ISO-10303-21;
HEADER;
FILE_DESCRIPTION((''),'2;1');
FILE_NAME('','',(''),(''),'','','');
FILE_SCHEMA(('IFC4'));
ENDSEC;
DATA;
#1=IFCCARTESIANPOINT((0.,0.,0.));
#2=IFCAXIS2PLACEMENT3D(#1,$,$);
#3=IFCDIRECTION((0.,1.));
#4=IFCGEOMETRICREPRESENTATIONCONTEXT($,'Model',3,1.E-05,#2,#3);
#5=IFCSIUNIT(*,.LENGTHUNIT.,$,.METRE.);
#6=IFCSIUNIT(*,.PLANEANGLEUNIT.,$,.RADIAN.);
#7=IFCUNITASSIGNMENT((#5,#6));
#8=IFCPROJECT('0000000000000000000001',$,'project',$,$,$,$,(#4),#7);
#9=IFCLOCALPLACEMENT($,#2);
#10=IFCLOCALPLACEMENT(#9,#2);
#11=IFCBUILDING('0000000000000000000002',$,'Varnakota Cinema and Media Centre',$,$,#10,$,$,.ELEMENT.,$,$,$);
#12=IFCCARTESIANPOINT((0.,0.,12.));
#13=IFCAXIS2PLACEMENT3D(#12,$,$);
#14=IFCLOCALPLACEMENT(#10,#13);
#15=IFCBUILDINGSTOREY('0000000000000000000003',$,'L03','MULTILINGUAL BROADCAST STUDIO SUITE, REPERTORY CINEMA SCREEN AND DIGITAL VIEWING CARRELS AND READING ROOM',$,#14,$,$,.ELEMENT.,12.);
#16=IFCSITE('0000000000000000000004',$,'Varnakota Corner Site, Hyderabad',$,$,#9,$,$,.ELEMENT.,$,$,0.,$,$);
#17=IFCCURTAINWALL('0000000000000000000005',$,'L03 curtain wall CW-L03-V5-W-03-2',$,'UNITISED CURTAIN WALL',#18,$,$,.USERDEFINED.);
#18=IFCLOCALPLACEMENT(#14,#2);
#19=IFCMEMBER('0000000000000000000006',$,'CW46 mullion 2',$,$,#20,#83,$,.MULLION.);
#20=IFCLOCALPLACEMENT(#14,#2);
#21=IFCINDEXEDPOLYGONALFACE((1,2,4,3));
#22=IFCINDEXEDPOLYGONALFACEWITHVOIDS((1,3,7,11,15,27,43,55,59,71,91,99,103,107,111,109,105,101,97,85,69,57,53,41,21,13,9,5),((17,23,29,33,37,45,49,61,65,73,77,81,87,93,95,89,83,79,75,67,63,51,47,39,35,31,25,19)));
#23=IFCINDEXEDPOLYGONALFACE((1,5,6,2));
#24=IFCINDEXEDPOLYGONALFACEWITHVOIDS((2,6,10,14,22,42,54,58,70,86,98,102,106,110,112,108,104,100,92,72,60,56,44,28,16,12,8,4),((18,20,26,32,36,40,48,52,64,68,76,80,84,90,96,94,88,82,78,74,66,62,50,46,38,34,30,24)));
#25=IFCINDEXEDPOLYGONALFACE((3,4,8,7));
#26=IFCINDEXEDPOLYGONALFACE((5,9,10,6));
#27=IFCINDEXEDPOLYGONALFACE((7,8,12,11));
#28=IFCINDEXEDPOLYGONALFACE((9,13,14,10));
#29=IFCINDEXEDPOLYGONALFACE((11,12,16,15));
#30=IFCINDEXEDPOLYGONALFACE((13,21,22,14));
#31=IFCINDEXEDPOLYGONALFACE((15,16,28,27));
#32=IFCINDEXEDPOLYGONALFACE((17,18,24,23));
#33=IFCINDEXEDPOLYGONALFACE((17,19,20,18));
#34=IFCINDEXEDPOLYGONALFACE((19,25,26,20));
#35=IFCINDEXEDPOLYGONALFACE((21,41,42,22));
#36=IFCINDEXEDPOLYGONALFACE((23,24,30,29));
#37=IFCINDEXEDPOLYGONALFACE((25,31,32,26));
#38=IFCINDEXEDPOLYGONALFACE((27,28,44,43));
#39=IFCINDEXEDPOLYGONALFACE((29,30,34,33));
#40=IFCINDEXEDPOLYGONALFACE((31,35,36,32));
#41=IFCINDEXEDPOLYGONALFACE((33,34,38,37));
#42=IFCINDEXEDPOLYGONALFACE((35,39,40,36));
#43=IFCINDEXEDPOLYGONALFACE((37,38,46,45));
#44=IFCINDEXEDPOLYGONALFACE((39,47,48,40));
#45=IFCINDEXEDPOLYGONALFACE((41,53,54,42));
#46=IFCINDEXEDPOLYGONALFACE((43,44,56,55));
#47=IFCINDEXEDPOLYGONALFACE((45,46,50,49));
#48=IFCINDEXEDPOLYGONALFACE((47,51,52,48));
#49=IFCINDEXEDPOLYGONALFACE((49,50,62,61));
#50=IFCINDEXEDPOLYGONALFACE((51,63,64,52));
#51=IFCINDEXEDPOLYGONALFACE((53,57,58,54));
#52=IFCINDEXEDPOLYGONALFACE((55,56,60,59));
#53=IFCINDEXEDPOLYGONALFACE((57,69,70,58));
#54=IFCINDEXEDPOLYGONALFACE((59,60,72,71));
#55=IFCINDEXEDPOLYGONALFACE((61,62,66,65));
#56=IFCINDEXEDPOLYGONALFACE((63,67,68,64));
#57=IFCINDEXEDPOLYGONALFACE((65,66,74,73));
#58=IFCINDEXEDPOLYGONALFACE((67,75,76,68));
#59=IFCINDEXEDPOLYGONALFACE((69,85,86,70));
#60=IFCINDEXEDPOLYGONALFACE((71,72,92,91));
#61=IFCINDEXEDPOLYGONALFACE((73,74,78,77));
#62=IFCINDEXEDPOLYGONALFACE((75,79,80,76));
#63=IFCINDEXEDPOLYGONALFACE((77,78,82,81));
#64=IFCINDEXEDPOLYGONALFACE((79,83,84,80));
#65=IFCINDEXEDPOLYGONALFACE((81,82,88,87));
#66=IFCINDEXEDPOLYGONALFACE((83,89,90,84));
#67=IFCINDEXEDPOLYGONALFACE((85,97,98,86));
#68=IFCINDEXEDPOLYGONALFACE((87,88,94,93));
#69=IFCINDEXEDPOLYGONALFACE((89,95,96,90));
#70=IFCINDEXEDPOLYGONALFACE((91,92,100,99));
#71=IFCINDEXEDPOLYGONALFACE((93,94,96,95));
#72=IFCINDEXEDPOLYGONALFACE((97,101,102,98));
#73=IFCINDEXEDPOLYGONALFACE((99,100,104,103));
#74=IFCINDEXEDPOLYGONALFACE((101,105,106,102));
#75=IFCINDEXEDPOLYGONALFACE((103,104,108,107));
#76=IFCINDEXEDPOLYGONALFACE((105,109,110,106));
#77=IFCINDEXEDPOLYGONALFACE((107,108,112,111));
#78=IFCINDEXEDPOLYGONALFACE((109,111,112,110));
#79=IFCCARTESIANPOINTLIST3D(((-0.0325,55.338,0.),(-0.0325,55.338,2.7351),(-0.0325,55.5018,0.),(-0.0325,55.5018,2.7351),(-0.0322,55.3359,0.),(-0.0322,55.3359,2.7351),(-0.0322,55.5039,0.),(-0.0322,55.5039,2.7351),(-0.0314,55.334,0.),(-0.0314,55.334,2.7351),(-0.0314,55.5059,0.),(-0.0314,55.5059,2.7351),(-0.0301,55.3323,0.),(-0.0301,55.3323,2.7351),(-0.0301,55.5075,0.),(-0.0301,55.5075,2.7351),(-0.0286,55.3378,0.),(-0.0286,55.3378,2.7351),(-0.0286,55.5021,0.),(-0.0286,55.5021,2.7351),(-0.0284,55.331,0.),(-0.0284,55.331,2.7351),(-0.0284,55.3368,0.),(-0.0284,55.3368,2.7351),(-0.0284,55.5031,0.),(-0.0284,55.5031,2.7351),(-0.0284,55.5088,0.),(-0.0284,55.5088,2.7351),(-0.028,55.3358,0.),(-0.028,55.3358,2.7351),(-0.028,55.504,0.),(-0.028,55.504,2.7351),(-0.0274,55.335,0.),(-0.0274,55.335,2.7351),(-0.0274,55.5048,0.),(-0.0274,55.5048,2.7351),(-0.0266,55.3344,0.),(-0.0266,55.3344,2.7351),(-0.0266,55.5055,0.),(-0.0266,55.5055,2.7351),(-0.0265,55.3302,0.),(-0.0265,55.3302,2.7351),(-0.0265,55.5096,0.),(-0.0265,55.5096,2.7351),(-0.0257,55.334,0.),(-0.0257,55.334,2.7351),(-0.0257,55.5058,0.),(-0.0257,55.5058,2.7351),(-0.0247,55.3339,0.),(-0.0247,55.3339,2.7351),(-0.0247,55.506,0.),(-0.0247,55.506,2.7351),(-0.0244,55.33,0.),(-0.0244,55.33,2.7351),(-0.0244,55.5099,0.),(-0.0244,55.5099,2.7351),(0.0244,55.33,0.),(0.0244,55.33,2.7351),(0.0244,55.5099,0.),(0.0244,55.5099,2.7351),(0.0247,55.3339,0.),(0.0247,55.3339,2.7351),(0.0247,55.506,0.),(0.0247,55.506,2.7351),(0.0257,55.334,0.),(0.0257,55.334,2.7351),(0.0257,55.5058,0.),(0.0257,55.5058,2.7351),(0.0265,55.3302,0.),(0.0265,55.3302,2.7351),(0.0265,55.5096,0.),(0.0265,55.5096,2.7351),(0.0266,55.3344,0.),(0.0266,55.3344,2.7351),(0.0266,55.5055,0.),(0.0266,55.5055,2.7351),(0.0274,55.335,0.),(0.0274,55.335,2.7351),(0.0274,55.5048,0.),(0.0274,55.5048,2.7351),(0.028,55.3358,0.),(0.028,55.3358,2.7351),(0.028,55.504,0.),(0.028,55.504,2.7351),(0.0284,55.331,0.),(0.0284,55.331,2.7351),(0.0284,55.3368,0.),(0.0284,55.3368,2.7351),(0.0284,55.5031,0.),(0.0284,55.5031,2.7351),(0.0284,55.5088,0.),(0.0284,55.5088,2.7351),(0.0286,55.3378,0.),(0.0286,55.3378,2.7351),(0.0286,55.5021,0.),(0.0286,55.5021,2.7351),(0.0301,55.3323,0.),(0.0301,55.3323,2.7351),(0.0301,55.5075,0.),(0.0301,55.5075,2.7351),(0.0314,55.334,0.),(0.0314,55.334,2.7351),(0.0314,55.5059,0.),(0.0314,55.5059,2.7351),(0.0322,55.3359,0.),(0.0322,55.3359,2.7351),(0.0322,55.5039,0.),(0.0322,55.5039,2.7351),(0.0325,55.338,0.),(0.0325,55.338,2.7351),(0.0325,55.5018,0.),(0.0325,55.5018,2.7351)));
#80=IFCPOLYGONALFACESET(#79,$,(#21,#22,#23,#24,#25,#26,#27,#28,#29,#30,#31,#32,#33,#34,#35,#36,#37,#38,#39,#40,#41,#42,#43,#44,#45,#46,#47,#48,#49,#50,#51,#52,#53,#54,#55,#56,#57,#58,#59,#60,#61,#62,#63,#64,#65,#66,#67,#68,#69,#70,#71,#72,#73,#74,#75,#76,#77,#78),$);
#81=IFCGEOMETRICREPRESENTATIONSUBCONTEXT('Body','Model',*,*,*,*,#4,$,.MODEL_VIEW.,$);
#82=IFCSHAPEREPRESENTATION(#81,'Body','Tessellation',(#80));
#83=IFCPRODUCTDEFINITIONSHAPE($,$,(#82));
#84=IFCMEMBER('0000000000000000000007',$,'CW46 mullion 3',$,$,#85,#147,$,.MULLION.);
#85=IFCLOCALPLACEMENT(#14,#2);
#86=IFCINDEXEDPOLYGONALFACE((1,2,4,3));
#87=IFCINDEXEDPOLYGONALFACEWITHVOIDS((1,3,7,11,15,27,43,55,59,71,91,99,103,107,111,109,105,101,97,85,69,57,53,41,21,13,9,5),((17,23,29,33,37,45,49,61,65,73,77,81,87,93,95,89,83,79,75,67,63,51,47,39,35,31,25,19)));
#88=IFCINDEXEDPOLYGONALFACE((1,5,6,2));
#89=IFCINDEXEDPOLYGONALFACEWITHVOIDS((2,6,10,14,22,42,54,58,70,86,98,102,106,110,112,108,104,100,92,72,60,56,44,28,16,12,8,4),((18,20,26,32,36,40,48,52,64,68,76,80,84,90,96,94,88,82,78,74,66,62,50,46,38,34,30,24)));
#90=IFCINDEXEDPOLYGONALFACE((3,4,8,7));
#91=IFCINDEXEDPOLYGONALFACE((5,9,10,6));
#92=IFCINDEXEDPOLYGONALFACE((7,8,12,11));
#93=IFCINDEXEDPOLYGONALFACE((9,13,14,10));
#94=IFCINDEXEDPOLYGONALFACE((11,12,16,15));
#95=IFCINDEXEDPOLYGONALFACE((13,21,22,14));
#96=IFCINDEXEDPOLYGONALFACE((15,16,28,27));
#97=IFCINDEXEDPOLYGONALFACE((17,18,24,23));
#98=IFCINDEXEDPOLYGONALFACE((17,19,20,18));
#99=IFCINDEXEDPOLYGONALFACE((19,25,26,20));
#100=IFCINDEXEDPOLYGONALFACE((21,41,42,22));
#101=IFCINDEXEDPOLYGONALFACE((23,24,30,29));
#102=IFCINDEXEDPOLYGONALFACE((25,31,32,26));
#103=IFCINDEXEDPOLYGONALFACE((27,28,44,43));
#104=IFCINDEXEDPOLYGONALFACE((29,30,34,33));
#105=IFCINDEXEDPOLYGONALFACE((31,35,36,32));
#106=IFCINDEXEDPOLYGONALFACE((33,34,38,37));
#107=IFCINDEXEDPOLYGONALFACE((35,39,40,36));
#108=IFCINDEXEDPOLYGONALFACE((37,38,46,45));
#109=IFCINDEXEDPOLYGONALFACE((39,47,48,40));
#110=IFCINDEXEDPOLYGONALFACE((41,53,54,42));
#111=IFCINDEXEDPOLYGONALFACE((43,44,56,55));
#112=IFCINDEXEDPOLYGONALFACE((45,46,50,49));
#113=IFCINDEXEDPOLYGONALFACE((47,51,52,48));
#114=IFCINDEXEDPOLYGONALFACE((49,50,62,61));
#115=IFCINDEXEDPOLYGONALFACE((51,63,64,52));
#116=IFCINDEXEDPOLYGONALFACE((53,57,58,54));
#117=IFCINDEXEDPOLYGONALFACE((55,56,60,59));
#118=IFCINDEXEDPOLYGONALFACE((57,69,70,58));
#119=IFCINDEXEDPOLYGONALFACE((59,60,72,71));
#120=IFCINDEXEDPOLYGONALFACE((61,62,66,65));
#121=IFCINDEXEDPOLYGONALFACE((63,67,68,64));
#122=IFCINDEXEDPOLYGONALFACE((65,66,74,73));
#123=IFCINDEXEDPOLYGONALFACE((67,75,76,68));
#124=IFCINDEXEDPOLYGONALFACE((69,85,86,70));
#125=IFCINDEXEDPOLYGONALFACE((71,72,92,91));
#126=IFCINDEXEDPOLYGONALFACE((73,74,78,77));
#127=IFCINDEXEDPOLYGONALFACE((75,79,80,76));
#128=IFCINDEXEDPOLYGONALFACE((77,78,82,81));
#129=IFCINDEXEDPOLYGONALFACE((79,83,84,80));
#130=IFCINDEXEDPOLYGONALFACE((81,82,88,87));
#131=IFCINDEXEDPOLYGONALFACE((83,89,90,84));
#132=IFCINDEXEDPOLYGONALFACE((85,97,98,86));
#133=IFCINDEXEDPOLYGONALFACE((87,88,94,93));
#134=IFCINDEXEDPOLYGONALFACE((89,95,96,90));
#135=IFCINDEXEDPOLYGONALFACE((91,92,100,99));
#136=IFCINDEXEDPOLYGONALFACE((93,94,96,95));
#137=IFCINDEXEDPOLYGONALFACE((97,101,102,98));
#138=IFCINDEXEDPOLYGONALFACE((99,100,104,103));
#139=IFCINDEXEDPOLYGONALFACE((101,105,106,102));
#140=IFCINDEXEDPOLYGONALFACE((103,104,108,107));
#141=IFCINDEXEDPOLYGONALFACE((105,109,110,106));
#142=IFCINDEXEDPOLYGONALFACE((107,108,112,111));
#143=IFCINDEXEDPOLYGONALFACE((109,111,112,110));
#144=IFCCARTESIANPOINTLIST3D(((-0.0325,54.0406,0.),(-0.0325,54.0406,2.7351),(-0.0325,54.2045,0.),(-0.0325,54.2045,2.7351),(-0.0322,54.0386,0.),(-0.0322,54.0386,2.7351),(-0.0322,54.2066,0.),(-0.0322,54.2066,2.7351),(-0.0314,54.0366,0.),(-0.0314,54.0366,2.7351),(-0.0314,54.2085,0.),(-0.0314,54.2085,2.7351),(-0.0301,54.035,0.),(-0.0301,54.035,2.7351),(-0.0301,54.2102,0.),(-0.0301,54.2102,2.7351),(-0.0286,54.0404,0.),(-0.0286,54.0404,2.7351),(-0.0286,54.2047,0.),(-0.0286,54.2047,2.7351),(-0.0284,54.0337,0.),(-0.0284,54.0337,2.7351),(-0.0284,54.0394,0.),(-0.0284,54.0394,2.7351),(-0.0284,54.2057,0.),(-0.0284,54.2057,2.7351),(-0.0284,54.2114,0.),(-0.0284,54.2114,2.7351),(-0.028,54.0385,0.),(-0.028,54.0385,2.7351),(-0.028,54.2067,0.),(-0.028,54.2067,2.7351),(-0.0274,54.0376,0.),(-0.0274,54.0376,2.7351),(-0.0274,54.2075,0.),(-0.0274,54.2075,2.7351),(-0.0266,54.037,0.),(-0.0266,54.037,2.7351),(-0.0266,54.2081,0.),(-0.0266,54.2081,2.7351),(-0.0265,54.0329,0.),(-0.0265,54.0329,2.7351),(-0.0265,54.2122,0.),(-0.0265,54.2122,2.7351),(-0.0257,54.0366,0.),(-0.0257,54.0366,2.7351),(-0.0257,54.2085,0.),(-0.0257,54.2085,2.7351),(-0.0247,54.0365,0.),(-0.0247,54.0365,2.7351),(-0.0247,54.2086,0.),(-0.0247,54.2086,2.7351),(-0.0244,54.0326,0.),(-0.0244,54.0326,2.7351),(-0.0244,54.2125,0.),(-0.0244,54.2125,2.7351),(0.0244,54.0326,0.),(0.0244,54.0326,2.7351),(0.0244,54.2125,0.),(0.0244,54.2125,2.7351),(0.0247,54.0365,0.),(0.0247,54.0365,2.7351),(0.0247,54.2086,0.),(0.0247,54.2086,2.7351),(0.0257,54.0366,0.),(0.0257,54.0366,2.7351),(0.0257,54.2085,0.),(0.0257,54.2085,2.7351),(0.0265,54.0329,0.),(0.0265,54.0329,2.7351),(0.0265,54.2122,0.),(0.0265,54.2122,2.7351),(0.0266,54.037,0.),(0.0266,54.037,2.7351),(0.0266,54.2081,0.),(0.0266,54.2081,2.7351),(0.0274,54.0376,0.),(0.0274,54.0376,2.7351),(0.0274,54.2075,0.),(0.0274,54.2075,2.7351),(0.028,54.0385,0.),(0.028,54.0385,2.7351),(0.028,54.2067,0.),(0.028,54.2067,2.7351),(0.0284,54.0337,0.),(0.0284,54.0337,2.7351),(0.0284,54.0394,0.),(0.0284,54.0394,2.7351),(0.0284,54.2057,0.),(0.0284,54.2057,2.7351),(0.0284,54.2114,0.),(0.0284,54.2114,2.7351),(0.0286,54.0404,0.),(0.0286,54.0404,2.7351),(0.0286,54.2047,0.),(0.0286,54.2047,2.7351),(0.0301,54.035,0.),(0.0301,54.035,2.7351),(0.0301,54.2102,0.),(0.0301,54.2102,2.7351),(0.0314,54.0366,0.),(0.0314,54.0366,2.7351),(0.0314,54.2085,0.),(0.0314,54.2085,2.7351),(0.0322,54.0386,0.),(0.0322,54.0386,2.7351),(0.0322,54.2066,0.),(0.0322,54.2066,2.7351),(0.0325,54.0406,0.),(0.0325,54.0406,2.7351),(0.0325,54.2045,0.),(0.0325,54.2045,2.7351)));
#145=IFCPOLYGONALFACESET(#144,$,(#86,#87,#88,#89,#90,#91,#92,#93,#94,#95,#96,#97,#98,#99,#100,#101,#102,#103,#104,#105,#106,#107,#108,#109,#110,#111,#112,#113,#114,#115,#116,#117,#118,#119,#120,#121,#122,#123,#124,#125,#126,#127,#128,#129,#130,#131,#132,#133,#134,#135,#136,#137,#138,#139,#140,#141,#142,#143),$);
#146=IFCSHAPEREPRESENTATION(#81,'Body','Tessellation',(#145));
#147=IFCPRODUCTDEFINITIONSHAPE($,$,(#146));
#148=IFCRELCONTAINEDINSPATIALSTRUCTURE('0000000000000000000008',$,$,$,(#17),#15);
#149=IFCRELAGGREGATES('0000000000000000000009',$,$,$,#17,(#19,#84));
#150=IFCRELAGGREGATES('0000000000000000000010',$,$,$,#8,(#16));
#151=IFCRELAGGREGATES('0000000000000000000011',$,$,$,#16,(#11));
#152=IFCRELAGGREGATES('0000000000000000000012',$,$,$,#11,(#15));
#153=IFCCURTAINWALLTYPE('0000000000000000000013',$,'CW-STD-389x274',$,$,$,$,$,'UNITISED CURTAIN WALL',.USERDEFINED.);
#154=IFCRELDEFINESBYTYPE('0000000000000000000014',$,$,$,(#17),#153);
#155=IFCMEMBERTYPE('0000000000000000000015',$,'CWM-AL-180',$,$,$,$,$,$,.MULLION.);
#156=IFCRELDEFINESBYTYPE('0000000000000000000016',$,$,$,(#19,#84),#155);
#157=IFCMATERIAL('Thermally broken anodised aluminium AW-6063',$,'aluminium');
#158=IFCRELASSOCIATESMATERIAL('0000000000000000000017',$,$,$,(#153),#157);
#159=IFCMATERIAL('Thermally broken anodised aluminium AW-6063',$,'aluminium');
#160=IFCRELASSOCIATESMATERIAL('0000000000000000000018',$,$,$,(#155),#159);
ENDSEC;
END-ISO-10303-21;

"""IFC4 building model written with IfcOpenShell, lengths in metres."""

from ifc_helpers import new_model, si_unit, direction, frame, origin, origin_2d, place, context, subcontext, project, spatial, hollow_rectangle, extrude, material, material_profile, profile_set, type_object, element, aggregate, save


model = new_model("IFC4")

# Units and contexts
model_context = context("Model", 3, precision=1e-05, world=origin(), true_north=direction((0.0, 1.0)))
body_context = subcontext(model_context, "Body", "Model", "MODEL_VIEW")
ifc_project = project(units=[si_unit("LENGTHUNIT", "METRE"), si_unit("PLANEANGLEUNIT", "RADIAN")], contexts=[model_context])

# Site, building, storey
site_placement = place(None, origin())
site = spatial("IfcSite", under=ifc_project, at=site_placement, Name="Varnakota Corner Site, Hyderabad", CompositionType="ELEMENT", RefElevation=0.0)
building_placement = place(site_placement, origin())
building = spatial("IfcBuilding", under=site, at=building_placement, Name="Varnakota Cinema and Media Centre", CompositionType="ELEMENT")
storey_placement = place(building_placement, frame((0.0, 0.0, 12.0)))
storey = spatial("IfcBuildingStorey", under=building, at=storey_placement, Name="L03", Description="MULTILINGUAL BROADCAST STUDIO SUITE, REPERTORY CINEMA SCREEN AND DIGITAL VIEWING CARRELS AND READING ROOM", CompositionType="ELEMENT", Elevation=12.0)

# Shared definitions
ifc_material_1 = material(Name="Thermally broken anodised aluminium AW-6063", Category="aluminium")
curtain_wall_type = type_object("IfcCurtainWallType", Name="CW-STD-389x274", ElementType="UNITISED CURTAIN WALL", PredefinedType="USERDEFINED", material=ifc_material_1)
ifc_material_2 = material(Name="Thermally broken anodised aluminium AW-6063", Category="aluminium")
ifc_material_profile_1 = material_profile(ifc_material_2, hollow_rectangle(XDim=0.0649, YDim=0.1799, WallThickness=0.0039, InnerFilletRadius=0.0039, OuterFilletRadius=0.0081, at=origin_2d()), Name="AL-MULLION 180x65x4")
ifc_profile_set_1 = profile_set([ifc_material_profile_1], Name="Thermally broken anodised aluminium AW-6063")
member_type_1 = type_object("IfcMemberType", Name="CWM-AL-180", PredefinedType="MULLION", material=ifc_profile_set_1)

# Curtain wall, members
curtain_wall_1_placement = place(storey_placement, origin())
curtain_wall_1 = element("IfcCurtainWall", 1, at=curtain_wall_1_placement, inside=storey, type_object=curtain_wall_type, Name="L03 curtain wall CW-L03-V5-W-03-2", ObjectType="UNITISED CURTAIN WALL", PredefinedType="USERDEFINED")
member_1_placement = place(storey_placement, frame((0.0, 55.4199, 0.0), z_axis=(0.0, 0.0, 1.0), x_axis=(1.0, 0.0, 0.0)))
member_1 = element("IfcMember", 2, at=member_1_placement, type_object=member_type_1, Name="CW46 mullion 2", PredefinedType="MULLION", context=body_context, shape_type="SweptSolid", body=[
    extrude(hollow_rectangle(XDim=0.0649, YDim=0.1799, WallThickness=0.0039, InnerFilletRadius=0.0039, OuterFilletRadius=0.0081, at=origin_2d()), origin(), (0.0, 0.0, 1.0), 2.7351),
])
member_2_placement = place(storey_placement, frame((0.0, 54.1226, 0.0), z_axis=(0.0, 0.0, 1.0), x_axis=(1.0, 0.0, 0.0)))
member_2 = element("IfcMember", 3, at=member_2_placement, type_object=member_type_1, Name="CW46 mullion 3", PredefinedType="MULLION", context=body_context, shape_type="SweptSolid", body=[
    extrude(hollow_rectangle(XDim=0.0649, YDim=0.1799, WallThickness=0.0039, InnerFilletRadius=0.0039, OuterFilletRadius=0.0081, at=origin_2d()), origin(), (0.0, 0.0, 1.0), 2.7351),
])

aggregate(curtain_wall_1, [member_1, member_2])

save(model, "model.ifc")
